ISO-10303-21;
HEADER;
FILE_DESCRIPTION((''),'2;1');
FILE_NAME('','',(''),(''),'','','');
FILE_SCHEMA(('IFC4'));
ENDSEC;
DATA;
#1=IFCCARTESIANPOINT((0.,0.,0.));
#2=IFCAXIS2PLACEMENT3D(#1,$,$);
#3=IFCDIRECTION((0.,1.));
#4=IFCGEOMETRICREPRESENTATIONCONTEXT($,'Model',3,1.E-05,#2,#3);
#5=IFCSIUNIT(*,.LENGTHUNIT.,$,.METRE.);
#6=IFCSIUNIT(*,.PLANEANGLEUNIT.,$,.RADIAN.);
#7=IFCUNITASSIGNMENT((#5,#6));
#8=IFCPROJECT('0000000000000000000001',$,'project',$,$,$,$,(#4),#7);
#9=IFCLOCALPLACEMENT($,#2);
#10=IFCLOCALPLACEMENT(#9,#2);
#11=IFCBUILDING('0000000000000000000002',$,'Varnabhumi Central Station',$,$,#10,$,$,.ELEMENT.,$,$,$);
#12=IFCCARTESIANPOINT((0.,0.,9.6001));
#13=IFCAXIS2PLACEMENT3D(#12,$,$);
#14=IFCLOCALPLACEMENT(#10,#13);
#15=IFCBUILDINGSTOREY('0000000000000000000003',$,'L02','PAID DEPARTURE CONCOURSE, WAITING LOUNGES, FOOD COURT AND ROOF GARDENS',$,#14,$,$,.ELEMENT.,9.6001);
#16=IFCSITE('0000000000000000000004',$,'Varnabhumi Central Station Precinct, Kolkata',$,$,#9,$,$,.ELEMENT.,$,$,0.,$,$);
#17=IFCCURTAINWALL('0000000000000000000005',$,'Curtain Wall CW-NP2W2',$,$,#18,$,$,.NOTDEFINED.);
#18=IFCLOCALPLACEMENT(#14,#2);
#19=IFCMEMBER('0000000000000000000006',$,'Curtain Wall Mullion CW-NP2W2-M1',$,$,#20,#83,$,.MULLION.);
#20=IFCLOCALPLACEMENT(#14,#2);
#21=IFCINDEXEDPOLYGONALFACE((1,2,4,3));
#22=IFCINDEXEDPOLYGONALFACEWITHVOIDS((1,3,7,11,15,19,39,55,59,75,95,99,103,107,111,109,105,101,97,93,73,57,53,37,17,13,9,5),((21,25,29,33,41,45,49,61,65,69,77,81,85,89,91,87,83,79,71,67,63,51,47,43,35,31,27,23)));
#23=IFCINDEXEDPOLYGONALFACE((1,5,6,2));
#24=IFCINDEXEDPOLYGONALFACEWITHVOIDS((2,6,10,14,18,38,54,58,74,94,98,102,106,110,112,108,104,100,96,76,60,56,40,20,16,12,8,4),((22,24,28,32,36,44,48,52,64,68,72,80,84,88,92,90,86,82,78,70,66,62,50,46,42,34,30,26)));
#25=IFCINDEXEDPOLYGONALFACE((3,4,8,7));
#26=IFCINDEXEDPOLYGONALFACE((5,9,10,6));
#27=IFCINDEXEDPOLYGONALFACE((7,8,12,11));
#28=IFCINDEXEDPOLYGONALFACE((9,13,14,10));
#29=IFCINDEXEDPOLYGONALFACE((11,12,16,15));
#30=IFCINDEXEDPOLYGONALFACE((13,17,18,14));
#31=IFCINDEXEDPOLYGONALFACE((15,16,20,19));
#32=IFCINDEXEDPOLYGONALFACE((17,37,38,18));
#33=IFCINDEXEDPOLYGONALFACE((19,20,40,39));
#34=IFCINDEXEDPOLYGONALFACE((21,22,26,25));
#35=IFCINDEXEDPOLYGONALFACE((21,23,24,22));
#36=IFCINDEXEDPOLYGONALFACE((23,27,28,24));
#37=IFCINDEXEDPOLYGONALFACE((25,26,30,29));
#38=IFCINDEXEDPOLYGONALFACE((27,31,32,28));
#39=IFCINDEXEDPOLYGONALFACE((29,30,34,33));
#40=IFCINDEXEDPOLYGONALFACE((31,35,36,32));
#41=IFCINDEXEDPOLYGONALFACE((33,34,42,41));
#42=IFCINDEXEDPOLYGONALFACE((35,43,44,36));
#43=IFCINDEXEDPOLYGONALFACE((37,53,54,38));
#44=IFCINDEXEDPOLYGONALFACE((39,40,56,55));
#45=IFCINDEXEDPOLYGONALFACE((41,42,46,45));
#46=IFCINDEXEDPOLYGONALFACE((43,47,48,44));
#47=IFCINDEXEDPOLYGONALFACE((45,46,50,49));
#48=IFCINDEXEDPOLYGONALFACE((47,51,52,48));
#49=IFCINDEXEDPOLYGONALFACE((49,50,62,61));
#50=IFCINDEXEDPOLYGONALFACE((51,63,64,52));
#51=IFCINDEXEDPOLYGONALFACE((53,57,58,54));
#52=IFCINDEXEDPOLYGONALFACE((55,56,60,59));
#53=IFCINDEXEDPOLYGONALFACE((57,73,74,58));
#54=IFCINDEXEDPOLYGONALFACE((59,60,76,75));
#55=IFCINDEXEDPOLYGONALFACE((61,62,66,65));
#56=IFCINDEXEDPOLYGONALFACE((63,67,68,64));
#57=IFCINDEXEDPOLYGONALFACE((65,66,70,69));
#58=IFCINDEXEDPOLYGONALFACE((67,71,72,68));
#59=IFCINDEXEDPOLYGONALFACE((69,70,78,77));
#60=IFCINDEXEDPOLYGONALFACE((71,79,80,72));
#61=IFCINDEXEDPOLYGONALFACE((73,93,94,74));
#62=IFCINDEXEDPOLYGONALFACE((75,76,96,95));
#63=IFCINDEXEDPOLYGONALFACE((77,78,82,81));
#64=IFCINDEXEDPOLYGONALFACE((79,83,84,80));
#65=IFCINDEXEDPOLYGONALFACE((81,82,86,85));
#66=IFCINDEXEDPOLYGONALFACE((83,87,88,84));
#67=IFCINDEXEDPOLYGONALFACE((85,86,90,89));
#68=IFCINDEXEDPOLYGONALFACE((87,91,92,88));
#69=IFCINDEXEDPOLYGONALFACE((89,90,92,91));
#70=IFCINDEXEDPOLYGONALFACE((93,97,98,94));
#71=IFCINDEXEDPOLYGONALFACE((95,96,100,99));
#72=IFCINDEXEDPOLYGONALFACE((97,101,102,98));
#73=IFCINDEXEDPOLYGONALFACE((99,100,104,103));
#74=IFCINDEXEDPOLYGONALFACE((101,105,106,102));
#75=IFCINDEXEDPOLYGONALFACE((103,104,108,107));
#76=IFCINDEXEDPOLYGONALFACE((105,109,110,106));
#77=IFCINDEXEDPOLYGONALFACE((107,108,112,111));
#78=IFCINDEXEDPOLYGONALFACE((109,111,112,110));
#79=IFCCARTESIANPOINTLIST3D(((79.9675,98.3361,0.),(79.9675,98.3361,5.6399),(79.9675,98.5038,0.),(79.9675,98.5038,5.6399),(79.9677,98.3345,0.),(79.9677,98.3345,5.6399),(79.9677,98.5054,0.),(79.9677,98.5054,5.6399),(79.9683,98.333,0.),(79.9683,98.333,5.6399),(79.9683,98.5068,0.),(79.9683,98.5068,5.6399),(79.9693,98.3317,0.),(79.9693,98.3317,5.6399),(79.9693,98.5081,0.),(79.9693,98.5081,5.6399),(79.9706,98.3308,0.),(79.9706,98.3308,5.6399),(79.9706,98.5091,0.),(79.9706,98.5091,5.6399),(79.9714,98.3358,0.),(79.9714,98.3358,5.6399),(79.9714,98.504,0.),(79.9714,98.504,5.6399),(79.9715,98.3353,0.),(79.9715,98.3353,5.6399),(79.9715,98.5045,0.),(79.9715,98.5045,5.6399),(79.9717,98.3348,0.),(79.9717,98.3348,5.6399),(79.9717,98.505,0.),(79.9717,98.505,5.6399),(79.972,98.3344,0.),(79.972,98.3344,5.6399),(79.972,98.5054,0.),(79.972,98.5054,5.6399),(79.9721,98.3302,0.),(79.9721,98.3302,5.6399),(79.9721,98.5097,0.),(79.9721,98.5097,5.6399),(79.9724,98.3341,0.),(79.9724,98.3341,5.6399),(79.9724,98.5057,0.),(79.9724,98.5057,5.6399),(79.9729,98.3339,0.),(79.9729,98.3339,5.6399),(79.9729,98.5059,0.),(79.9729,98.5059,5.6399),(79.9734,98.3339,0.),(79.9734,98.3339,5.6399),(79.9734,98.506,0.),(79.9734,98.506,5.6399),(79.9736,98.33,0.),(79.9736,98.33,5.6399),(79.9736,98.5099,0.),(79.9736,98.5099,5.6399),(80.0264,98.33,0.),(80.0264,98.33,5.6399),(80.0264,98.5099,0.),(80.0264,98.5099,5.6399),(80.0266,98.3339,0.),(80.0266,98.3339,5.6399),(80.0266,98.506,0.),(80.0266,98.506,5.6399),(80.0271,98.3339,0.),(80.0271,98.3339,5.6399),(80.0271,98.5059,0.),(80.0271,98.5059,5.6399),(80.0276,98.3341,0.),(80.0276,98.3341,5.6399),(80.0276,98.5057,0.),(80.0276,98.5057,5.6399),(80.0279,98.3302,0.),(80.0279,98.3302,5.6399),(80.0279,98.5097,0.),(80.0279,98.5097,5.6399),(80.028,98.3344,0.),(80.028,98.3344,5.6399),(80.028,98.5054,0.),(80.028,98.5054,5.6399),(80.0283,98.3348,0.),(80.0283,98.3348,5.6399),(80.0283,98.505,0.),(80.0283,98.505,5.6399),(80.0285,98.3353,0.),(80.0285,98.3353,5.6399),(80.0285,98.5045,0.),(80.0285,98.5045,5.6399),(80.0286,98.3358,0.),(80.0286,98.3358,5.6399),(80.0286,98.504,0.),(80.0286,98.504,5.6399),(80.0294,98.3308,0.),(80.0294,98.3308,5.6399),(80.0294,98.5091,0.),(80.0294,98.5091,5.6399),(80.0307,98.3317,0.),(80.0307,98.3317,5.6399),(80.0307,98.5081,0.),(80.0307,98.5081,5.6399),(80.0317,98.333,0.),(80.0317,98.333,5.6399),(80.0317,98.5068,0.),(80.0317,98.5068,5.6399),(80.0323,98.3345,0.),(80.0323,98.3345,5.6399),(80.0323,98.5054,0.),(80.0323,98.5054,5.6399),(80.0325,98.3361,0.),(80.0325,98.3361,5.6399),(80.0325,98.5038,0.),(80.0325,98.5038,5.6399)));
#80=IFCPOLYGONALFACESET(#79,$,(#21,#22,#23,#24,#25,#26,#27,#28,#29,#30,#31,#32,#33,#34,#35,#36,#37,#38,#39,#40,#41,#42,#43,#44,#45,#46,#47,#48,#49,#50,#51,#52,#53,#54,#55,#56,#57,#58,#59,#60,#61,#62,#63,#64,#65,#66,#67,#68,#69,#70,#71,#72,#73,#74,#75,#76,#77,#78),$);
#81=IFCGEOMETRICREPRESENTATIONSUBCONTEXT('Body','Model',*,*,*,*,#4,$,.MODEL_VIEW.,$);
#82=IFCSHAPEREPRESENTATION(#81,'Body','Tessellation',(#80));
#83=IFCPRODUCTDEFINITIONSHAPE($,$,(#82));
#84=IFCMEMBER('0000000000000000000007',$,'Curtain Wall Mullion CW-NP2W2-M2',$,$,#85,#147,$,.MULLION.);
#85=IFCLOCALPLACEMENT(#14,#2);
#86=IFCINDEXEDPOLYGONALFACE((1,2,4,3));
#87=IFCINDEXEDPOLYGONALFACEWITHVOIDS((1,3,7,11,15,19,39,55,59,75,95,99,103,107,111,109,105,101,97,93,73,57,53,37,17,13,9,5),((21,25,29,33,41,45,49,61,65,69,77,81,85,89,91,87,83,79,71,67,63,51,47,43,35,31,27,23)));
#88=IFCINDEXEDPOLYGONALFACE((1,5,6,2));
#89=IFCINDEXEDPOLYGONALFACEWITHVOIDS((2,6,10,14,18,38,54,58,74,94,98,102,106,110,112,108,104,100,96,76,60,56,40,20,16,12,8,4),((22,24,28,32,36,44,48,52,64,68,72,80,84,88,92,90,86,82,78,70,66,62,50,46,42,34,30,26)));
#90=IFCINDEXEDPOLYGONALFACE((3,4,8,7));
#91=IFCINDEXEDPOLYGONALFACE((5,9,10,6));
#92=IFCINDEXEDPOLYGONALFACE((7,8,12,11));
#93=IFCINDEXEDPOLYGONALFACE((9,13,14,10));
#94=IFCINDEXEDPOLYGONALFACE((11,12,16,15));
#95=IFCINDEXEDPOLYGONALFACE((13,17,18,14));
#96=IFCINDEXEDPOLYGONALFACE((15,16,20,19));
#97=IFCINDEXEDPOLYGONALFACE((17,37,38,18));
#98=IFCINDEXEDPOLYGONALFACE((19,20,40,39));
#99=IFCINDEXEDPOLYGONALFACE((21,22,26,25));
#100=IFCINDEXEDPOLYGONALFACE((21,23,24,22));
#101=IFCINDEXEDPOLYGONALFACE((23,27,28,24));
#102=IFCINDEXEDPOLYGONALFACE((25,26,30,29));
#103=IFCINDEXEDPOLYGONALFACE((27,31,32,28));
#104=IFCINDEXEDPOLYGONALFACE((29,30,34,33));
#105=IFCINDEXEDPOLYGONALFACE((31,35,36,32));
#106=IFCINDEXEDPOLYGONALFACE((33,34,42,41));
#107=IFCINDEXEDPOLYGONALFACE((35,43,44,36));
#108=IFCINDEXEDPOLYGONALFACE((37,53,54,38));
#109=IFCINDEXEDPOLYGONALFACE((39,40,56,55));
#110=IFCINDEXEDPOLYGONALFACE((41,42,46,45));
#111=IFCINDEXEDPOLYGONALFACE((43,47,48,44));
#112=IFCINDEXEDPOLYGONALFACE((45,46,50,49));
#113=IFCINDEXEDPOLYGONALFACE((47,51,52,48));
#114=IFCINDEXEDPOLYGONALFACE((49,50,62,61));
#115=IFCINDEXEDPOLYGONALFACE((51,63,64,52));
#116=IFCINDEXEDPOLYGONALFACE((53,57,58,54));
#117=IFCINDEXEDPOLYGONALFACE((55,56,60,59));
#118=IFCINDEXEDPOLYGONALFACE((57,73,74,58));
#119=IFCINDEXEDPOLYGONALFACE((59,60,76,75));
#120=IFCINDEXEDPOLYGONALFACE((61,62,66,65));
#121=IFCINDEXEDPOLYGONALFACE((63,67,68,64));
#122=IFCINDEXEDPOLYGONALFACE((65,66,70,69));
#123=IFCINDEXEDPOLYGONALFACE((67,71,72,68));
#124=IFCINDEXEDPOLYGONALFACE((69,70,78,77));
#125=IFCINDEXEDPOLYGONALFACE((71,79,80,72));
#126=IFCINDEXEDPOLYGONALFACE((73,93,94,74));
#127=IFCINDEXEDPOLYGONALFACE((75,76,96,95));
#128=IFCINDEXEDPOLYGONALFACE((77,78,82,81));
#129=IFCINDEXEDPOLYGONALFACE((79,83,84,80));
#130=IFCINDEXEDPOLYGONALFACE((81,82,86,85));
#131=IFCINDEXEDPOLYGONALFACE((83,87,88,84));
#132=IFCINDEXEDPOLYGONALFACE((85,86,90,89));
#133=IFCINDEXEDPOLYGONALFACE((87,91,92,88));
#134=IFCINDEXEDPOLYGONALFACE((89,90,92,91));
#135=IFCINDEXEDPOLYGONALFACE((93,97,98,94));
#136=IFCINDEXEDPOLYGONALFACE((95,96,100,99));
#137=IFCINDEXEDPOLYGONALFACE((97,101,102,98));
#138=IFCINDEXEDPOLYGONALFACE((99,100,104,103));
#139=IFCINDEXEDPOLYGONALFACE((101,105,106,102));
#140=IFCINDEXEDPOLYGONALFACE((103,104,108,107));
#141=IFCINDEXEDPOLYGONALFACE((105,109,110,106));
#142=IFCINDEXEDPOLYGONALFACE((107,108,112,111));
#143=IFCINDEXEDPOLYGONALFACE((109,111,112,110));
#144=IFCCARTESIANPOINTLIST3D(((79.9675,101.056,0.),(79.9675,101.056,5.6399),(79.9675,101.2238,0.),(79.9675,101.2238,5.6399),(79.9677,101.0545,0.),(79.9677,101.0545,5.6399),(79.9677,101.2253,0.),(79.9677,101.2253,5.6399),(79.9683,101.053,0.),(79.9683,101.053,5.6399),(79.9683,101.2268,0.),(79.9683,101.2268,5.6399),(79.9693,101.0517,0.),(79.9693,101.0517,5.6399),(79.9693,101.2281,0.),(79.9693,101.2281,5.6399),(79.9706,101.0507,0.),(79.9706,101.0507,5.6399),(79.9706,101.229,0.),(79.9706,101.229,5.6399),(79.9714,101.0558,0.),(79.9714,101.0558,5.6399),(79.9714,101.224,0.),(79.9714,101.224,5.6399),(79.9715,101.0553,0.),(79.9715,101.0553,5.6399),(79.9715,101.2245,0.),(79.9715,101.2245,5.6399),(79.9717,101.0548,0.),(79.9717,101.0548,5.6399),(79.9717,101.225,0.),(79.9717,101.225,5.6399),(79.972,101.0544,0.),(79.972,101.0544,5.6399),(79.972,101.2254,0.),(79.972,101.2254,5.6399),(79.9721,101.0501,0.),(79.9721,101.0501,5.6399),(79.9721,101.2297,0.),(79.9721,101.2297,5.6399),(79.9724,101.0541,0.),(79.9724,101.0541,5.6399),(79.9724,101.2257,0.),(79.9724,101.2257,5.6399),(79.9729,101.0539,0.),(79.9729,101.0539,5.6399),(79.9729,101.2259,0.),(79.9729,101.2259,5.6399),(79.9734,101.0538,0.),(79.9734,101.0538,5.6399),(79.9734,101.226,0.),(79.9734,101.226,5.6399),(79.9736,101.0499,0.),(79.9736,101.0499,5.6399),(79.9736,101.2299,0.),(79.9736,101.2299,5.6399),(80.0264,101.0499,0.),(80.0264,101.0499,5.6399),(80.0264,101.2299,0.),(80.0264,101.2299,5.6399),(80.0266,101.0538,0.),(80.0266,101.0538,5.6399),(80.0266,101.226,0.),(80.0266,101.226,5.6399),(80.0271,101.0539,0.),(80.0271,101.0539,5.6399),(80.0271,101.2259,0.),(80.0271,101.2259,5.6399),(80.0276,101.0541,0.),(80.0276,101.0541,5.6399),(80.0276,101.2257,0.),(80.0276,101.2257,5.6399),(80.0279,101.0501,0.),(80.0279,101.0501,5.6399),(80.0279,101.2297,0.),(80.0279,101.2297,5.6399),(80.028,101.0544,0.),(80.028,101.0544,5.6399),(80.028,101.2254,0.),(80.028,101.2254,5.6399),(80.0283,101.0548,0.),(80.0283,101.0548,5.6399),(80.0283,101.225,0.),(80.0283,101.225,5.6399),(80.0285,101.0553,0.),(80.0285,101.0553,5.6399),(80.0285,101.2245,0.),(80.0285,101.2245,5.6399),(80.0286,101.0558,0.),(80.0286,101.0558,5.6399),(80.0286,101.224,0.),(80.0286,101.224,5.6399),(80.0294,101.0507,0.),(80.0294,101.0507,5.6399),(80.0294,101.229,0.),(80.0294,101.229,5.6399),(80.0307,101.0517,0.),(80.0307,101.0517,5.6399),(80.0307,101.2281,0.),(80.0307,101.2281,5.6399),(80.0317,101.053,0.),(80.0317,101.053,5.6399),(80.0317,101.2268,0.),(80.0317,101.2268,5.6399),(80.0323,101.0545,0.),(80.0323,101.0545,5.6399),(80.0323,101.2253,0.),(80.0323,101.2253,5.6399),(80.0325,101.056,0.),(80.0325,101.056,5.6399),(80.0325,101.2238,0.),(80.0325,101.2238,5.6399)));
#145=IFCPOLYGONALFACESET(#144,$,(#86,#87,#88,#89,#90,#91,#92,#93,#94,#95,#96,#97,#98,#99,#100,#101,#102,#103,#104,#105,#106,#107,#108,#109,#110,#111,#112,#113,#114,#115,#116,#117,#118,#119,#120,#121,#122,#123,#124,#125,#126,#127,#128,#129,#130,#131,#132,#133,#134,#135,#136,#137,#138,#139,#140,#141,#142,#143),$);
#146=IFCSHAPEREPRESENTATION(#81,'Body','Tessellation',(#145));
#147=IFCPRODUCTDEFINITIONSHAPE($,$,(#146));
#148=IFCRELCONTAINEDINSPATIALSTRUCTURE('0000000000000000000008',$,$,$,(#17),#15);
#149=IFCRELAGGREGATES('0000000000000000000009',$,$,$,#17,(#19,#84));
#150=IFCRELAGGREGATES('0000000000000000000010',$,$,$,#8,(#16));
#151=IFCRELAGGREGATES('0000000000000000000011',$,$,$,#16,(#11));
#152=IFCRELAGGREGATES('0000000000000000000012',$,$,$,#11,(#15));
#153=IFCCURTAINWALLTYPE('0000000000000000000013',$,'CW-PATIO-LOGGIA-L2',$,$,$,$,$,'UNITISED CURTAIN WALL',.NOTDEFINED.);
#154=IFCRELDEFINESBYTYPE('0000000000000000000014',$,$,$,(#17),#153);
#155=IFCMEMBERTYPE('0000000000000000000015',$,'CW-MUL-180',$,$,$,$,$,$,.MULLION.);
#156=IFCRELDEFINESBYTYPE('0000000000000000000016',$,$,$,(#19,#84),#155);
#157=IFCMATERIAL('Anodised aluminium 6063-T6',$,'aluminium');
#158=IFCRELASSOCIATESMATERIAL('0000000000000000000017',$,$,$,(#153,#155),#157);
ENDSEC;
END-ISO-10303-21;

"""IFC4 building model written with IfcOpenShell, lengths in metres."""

from ifc_helpers import new_model, si_unit, direction, frame, origin, origin_2d, place, context, subcontext, project, spatial, hollow_rectangle, extrude, material, material_profile, profile_set, type_object, element, aggregate, save


model = new_model("IFC4")

# Units and contexts
model_context = context("Model", 3, precision=1e-05, world=origin(), true_north=direction((0.0, 1.0)))
body_context = subcontext(model_context, "Body", "Model", "MODEL_VIEW")
ifc_project = project(units=[si_unit("LENGTHUNIT", "METRE"), si_unit("PLANEANGLEUNIT", "RADIAN")], contexts=[model_context])

# Site, building, storey
site_placement = place(None, origin())
site = spatial("IfcSite", under=ifc_project, at=site_placement, Name="Varnabhumi Central Station Precinct, Kolkata", CompositionType="ELEMENT", RefElevation=0.0)
building_placement = place(site_placement, origin())
building = spatial("IfcBuilding", under=site, at=building_placement, Name="Varnabhumi Central Station", CompositionType="ELEMENT")
storey_placement = place(building_placement, frame((0.0, 0.0, 9.6001)))
storey = spatial("IfcBuildingStorey", under=building, at=storey_placement, Name="L02", Description="PAID DEPARTURE CONCOURSE, WAITING LOUNGES, FOOD COURT AND ROOF GARDENS", CompositionType="ELEMENT", Elevation=9.6001)

# Curtain wall, members
ifc_material_1 = material(Name="Anodised aluminium 6063-T6", Category="aluminium")
curtain_wall_type = type_object("IfcCurtainWallType", Name="CW-PATIO-LOGGIA-L2", ElementType="UNITISED CURTAIN WALL", PredefinedType="NOTDEFINED", material=ifc_material_1)
ifc_material_profile_1 = material_profile(ifc_material_1, hollow_rectangle(XDim=0.0649, YDim=0.1799, WallThickness=0.0039, InnerFilletRadius=0.002, OuterFilletRadius=0.0061, at=origin_2d()), Name="Anodised aluminium 6063-T6", Category="aluminium")
ifc_profile_set_1 = profile_set([ifc_material_profile_1], Name="Anodised aluminium 6063-T6")
member_type_1 = type_object("IfcMemberType", Name="CW-MUL-180", PredefinedType="MULLION", material=ifc_profile_set_1)
curtain_wall_1_placement = place(storey_placement, origin())
curtain_wall_1 = element("IfcCurtainWall", 1, at=curtain_wall_1_placement, inside=storey, type_object=curtain_wall_type, Name="Curtain Wall CW-NP2W2", PredefinedType="NOTDEFINED")
member_1_placement = place(storey_placement, frame((80.0, 98.4199, 0.0), z_axis=(0.0, 0.0, 1.0), x_axis=(1.0, 0.0, 0.0)))
member_1 = element("IfcMember", 2, at=member_1_placement, type_object=member_type_1, Name="Curtain Wall Mullion CW-NP2W2-M1", PredefinedType="MULLION", context=body_context, shape_type="SweptSolid", body=[
    extrude(hollow_rectangle(XDim=0.0649, YDim=0.1799, WallThickness=0.0039, InnerFilletRadius=0.002, OuterFilletRadius=0.0061, at=origin_2d()), origin(), (0.0, 0.0, 1.0), 5.6399),
])
member_2_placement = place(storey_placement, frame((80.0, 101.1399, 0.0), z_axis=(0.0, 0.0, 1.0), x_axis=(1.0, 0.0, 0.0)))
member_2 = element("IfcMember", 3, at=member_2_placement, type_object=member_type_1, Name="Curtain Wall Mullion CW-NP2W2-M2", PredefinedType="MULLION", context=body_context, shape_type="SweptSolid", body=[
    extrude(hollow_rectangle(XDim=0.0649, YDim=0.1799, WallThickness=0.0039, InnerFilletRadius=0.002, OuterFilletRadius=0.0061, at=origin_2d()), origin(), (0.0, 0.0, 1.0), 5.6399),
])

aggregate(curtain_wall_1, [member_1, member_2])

save(model, "model.ifc")
